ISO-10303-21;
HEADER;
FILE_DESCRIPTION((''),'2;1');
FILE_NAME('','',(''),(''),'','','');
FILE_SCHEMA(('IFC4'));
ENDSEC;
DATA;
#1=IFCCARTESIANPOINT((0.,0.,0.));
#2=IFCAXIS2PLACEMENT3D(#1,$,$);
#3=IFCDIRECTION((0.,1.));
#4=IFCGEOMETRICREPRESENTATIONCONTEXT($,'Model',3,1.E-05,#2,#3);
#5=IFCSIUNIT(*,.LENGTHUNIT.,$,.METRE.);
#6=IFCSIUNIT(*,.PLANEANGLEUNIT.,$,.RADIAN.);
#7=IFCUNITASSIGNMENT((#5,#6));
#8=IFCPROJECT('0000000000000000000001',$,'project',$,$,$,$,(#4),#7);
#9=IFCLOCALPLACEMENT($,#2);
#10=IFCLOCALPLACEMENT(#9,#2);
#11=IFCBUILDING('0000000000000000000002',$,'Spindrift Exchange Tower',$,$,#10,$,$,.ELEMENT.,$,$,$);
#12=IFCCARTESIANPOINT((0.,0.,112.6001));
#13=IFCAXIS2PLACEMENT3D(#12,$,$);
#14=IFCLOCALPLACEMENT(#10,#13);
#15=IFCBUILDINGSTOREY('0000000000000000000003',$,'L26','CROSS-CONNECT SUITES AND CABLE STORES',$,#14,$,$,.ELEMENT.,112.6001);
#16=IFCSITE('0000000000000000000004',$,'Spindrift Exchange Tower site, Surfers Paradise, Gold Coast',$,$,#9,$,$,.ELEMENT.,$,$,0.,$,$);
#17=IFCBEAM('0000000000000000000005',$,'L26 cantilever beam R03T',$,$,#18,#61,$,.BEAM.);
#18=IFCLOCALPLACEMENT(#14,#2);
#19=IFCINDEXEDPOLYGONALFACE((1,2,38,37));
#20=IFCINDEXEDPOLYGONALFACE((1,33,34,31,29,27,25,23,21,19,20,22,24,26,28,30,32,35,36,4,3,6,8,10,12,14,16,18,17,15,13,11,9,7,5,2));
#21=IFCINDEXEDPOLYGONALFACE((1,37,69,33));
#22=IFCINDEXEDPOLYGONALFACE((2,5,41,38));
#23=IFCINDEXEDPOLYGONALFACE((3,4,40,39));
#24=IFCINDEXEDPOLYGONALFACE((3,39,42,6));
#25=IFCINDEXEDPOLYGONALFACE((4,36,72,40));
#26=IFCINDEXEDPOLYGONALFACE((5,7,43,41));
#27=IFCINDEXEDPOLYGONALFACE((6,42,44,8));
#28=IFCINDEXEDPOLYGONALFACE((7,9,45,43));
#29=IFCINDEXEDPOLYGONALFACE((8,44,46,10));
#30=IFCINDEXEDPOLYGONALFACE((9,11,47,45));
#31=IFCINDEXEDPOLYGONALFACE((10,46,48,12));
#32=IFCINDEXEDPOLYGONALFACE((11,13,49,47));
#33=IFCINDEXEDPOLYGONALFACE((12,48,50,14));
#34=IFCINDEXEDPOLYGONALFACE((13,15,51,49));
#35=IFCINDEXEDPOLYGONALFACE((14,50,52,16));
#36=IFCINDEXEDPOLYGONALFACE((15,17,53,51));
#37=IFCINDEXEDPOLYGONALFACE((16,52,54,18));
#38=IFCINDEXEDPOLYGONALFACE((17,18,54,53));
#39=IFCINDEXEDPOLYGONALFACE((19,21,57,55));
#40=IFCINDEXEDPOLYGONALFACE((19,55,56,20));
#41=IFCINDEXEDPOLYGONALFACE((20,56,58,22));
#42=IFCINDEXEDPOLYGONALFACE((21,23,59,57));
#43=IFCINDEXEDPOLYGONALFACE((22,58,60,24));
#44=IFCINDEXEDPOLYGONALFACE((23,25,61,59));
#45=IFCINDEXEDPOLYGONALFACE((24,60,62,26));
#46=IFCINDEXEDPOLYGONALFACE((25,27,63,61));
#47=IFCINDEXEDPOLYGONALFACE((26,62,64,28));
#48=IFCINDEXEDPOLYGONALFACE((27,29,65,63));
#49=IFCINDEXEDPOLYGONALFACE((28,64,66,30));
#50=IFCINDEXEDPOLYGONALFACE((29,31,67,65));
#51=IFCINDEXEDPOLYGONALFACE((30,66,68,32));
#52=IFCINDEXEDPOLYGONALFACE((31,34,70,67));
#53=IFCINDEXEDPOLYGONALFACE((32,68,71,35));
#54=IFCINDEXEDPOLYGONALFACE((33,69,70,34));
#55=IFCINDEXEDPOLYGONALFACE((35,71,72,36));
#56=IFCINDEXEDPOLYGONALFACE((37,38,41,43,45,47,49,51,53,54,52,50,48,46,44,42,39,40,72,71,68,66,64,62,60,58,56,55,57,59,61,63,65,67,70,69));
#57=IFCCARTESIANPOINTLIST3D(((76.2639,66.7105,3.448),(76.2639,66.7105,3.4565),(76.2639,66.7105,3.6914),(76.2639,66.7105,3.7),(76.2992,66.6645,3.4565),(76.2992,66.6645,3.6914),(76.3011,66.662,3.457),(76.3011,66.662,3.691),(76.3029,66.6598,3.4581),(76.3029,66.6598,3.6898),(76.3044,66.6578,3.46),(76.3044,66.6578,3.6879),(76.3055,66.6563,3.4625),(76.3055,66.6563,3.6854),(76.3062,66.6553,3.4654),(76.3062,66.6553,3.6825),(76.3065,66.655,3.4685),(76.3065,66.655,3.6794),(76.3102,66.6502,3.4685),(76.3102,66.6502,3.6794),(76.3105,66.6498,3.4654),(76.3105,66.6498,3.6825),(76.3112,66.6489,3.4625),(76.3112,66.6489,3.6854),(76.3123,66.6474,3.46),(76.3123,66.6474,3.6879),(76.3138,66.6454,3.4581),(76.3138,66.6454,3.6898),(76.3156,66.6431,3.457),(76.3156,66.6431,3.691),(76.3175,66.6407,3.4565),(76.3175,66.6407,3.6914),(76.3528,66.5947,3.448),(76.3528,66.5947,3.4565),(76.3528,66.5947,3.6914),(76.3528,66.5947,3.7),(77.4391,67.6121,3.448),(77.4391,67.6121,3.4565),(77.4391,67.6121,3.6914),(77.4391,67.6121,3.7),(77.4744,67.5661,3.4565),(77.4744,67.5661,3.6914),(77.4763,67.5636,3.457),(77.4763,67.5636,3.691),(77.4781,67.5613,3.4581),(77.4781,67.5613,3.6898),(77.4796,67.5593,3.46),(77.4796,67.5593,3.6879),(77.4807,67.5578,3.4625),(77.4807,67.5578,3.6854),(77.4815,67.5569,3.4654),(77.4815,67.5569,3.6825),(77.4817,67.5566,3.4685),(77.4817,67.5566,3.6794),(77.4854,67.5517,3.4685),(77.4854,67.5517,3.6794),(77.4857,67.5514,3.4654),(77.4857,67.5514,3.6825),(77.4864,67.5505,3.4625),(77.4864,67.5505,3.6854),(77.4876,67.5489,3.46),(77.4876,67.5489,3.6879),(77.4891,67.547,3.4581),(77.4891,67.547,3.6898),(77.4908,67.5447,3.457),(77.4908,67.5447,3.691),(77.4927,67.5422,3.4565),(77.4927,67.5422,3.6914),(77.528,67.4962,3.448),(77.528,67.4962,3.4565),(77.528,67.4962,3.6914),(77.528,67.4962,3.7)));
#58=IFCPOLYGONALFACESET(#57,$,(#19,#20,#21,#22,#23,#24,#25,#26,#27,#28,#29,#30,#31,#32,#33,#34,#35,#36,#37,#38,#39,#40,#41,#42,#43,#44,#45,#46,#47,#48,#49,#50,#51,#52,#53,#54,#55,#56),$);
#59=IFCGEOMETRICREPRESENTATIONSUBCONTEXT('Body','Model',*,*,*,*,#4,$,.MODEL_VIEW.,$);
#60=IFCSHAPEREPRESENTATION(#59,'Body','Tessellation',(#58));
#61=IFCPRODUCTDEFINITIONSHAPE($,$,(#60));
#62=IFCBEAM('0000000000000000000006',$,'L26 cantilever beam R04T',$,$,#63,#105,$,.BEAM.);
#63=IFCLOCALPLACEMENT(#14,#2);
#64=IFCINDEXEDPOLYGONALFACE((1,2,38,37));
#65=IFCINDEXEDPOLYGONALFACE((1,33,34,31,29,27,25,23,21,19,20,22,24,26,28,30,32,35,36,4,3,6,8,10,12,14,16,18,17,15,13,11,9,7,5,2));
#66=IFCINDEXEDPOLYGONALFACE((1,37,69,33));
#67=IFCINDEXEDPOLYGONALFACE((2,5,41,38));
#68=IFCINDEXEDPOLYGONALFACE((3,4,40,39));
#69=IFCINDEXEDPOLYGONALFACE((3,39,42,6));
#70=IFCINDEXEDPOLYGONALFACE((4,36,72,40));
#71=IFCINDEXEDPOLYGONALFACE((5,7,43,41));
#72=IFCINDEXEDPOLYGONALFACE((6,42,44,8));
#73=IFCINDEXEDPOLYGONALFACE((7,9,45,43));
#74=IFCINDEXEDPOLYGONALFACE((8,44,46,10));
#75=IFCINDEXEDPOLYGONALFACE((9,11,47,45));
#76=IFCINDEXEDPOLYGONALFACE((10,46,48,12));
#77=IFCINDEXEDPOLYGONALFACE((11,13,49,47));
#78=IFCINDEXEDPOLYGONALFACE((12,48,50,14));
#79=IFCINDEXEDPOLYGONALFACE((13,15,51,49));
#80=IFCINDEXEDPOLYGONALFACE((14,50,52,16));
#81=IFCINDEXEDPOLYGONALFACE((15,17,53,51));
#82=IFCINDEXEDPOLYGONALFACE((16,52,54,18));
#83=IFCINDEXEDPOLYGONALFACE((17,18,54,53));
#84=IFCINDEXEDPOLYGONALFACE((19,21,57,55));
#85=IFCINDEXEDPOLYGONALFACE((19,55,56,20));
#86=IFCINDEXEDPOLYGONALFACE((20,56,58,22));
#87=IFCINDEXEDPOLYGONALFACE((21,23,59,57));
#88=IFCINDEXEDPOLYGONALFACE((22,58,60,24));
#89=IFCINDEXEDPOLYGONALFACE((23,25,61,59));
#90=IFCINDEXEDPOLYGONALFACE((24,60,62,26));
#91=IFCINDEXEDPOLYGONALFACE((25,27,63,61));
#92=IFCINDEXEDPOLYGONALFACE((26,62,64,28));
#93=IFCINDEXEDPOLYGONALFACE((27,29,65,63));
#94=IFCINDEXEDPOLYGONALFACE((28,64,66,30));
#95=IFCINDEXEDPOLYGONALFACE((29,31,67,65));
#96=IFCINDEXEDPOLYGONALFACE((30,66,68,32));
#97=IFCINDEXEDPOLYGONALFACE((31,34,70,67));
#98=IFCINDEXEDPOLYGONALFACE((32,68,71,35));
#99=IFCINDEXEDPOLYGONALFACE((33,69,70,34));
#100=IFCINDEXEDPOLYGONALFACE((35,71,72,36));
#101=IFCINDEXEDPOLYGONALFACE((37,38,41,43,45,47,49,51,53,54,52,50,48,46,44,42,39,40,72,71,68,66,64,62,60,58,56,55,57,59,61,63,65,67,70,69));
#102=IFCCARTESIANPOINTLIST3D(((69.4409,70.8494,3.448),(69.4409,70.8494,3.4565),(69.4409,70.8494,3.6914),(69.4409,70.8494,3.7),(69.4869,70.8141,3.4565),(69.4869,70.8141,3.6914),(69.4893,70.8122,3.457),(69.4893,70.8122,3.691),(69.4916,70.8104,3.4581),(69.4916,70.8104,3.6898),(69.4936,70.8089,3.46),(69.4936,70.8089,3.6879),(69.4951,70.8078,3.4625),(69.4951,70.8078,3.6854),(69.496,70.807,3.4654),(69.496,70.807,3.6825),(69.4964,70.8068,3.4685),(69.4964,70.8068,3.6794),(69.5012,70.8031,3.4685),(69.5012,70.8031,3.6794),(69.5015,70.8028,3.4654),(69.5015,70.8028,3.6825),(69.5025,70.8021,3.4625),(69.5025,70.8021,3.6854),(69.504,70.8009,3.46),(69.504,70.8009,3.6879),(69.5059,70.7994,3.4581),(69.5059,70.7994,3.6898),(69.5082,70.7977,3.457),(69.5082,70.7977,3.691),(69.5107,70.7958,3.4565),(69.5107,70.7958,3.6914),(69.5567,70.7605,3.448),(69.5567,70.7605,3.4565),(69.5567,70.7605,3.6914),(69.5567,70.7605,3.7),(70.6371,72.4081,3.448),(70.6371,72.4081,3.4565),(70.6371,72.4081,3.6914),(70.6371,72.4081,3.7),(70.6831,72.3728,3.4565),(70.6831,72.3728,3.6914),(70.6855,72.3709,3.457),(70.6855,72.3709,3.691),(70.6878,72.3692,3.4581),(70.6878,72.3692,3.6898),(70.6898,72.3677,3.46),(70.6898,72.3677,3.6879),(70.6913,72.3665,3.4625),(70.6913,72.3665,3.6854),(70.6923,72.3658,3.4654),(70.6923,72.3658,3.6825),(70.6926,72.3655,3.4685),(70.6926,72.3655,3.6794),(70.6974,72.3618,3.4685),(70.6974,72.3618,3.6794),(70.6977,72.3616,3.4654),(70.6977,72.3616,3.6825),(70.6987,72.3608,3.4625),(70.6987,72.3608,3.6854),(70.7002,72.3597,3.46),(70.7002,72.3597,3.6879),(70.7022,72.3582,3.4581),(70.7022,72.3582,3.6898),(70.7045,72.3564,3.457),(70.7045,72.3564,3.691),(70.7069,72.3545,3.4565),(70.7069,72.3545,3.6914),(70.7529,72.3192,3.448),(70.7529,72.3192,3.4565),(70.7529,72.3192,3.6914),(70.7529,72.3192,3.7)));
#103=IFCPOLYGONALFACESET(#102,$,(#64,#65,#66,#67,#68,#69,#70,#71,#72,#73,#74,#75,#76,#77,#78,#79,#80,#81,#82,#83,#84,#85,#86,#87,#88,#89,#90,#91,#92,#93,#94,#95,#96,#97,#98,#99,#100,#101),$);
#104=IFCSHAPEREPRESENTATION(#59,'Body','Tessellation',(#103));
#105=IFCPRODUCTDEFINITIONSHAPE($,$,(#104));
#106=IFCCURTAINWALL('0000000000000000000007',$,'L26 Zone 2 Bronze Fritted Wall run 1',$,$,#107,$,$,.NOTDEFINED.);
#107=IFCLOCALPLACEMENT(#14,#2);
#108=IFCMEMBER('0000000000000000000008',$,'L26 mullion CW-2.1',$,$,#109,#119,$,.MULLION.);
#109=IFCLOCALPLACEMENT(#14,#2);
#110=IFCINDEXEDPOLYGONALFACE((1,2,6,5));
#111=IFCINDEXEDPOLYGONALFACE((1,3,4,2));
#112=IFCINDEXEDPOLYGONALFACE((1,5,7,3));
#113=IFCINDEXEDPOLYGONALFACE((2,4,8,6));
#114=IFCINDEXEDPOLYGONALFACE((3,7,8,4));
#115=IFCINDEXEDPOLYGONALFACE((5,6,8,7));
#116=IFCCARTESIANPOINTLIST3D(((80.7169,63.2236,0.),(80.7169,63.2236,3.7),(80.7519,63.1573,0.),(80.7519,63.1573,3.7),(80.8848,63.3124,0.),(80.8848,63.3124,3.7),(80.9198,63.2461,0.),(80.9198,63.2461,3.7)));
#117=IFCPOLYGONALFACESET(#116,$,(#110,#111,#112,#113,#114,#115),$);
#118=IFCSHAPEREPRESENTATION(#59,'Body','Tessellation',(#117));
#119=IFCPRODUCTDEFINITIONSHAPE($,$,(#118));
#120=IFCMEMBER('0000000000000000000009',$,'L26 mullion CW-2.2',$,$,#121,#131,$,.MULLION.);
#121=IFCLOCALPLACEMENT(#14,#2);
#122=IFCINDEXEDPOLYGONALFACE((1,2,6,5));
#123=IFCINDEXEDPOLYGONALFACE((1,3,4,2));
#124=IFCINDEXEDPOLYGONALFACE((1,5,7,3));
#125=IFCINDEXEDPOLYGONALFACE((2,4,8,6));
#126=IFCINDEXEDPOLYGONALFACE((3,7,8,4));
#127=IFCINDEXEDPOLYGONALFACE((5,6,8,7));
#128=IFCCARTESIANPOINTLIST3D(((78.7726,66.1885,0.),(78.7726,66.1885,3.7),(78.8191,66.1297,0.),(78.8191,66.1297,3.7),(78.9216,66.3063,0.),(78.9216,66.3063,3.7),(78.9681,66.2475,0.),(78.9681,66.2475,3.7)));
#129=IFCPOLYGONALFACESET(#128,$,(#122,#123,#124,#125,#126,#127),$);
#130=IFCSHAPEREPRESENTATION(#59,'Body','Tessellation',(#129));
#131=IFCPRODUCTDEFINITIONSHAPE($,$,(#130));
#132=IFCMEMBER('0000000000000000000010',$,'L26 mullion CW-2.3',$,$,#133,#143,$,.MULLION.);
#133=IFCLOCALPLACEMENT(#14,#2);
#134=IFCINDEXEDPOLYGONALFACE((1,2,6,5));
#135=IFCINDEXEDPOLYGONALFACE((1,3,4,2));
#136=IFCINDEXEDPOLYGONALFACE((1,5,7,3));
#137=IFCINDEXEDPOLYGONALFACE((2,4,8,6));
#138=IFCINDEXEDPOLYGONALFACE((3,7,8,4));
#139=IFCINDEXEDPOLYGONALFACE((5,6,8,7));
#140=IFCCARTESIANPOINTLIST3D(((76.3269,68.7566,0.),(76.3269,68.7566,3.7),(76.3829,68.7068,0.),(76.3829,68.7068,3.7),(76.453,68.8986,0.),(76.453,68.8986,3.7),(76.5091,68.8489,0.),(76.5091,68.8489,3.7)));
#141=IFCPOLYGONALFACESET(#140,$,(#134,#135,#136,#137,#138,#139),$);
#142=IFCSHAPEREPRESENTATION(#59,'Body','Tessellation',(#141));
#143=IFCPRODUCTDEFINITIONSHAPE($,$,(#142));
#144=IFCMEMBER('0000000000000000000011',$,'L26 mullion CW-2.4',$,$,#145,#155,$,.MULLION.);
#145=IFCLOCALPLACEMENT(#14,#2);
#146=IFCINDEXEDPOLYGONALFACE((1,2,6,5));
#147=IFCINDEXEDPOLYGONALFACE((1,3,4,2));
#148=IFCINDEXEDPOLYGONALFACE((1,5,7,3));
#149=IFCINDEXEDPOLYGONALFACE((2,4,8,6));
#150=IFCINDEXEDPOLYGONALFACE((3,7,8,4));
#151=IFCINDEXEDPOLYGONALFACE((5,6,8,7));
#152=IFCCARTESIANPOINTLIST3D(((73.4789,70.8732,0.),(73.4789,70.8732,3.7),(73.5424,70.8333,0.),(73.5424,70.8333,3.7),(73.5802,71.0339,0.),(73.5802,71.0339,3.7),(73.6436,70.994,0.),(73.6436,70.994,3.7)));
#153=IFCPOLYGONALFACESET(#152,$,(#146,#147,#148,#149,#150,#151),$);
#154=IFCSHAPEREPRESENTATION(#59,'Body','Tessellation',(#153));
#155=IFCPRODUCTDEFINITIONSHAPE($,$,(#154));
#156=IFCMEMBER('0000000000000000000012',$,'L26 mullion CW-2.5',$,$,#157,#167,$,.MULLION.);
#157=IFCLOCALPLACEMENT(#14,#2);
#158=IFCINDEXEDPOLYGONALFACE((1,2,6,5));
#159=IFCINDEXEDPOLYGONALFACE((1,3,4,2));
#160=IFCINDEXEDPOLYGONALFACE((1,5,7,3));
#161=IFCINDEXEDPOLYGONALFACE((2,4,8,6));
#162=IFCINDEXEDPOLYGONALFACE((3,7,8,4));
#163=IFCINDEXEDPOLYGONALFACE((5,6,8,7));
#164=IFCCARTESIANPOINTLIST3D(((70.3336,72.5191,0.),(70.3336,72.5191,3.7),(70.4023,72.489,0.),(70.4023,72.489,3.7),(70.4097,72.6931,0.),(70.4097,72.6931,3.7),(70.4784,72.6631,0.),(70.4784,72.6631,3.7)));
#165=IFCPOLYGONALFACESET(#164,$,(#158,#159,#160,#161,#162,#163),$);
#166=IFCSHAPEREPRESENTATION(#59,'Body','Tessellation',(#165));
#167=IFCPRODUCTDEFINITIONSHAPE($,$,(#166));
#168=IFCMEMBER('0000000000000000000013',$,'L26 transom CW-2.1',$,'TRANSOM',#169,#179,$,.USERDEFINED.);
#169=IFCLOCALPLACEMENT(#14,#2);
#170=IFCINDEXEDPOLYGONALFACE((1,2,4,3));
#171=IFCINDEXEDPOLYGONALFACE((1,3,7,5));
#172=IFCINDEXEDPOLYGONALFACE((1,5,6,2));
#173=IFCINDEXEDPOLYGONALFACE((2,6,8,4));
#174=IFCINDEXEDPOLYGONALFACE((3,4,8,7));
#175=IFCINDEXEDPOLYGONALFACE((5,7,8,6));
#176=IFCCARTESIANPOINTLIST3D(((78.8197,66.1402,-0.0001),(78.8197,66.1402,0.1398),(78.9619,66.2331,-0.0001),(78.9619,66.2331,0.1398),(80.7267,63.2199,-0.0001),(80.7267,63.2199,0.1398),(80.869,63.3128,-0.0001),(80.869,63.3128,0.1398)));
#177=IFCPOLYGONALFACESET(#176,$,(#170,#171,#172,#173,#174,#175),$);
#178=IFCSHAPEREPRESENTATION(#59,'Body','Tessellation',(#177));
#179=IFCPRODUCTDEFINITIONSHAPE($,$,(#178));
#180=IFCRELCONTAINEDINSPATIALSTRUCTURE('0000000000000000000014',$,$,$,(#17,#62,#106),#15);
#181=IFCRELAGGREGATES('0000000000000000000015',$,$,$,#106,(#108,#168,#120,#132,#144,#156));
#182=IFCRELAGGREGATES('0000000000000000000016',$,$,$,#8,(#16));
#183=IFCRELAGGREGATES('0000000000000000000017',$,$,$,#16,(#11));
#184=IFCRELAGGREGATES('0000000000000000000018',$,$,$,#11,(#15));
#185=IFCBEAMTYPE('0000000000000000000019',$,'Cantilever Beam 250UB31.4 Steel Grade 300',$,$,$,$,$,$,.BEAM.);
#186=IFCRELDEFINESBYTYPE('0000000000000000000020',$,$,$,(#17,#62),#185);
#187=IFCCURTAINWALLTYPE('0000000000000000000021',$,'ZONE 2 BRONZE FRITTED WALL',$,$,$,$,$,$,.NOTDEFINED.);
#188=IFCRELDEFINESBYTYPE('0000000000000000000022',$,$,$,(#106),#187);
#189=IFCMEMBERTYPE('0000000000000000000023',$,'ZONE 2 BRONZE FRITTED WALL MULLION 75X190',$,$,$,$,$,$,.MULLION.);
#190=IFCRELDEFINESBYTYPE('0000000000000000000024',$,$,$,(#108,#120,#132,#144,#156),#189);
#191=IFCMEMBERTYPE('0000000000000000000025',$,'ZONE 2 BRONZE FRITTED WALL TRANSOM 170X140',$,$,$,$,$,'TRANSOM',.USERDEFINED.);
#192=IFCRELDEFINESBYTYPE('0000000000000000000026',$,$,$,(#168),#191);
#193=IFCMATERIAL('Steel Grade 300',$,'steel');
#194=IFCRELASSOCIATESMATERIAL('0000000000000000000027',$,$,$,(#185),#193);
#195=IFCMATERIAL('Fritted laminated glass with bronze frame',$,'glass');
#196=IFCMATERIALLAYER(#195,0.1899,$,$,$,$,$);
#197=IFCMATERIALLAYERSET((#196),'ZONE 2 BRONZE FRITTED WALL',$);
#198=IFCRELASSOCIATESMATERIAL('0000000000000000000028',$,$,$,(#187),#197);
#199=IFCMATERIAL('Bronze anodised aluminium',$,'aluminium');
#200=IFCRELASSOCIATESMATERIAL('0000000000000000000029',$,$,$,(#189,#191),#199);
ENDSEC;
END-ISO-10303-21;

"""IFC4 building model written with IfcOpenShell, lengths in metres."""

from ifc_helpers import new_model, si_unit, direction, frame, origin, origin_2d, place, context, subcontext, project, spatial, rectangle, i_section, extrude, source, transform, mapped, material, layer, layer_set, material_profile, profile_set, type_object, element, aggregate, save


model = new_model("IFC4")

# Units and contexts
model_context = context("Model", 3, precision=1e-05, world=origin(), true_north=direction((0.0, 1.0)))
body_context = subcontext(model_context, "Body", "Model", "MODEL_VIEW")
ifc_project = project(units=[si_unit("LENGTHUNIT", "METRE"), si_unit("PLANEANGLEUNIT", "RADIAN")], contexts=[model_context])

# Site, building, storey
site_placement = place(None, origin())
site = spatial("IfcSite", under=ifc_project, at=site_placement, Name="Spindrift Exchange Tower site, Surfers Paradise, Gold Coast", CompositionType="ELEMENT", RefElevation=0.0)
building_placement = place(site_placement, origin())
building = spatial("IfcBuilding", under=site, at=building_placement, Name="Spindrift Exchange Tower", CompositionType="ELEMENT")
storey_placement = place(building_placement, frame((0.0, 0.0, 112.6001)))
storey = spatial("IfcBuildingStorey", under=building, at=storey_placement, Name="L26", Description="CROSS-CONNECT SUITES AND CABLE STORES", CompositionType="ELEMENT", Elevation=112.6001)

# Beams
ifc_material_1 = material(Name="Steel Grade 300", Category="steel")
ifc_material_profile_1 = material_profile(ifc_material_1, i_section(OverallWidth=0.146, OverallDepth=0.252, WebThickness=0.0061, FlangeThickness=0.0085, FilletRadius=0.012, at=origin_2d()), Name="250UB31.4")
ifc_profile_set_1 = profile_set([ifc_material_profile_1], Name="Steel Grade 300")
beam_type_1 = type_object("IfcBeamType", Name="Cantilever Beam 250UB31.4 Steel Grade 300", PredefinedType="BEAM", material=ifc_profile_set_1)
shared_shape_1 = source(origin(), body_context, "Body", "SweptSolid", [
    extrude(i_section(OverallWidth=0.146, OverallDepth=0.252, WebThickness=0.0061, FlangeThickness=0.0085, FilletRadius=0.012, at=origin_2d()), origin(), (0.0, 0.0, 1.0), 1.4812),
])
beam_1_placement = place(storey_placement, frame((76.3083, 66.6526, 3.574), z_axis=(0.793426, 0.608667, 0.0), x_axis=(-0.608667, 0.793426, 0.0)))
element("IfcBeam", 1, at=beam_1_placement, inside=storey, type_object=beam_type_1, Name="L26 cantilever beam R03T", PredefinedType="BEAM", context=body_context, shape_type="MappedRepresentation", body=[
    mapped(shared_shape_1, transform((0.0, 0.0, 0.0), scale=1.0)),
])
shared_shape_2 = source(origin(), body_context, "Body", "SweptSolid", [
    extrude(i_section(OverallWidth=0.146, OverallDepth=0.252, WebThickness=0.0061, FlangeThickness=0.0085, FilletRadius=0.012, at=origin_2d()), origin(), (0.0, 0.0, 1.0), 1.9648),
])
beam_2_placement = place(storey_placement, frame((69.4988, 70.8049, 3.574), z_axis=(0.60881, 0.793316, 0.0), x_axis=(-0.793316, 0.60881, 0.0)))
element("IfcBeam", 2, at=beam_2_placement, inside=storey, type_object=beam_type_1, Name="L26 cantilever beam R04T", PredefinedType="BEAM", context=body_context, shape_type="MappedRepresentation", body=[
    mapped(shared_shape_2, transform((0.0, 0.0, 0.0), scale=1.0)),
])

# Curtain wall, members
ifc_material_2 = material(Name="Fritted laminated glass with bronze frame", Category="glass")
ifc_layer_1 = layer(ifc_material_2, 0.1899)
ifc_layer_set_1 = layer_set([ifc_layer_1], Name="ZONE 2 BRONZE FRITTED WALL")
curtain_wall_type = type_object("IfcCurtainWallType", Name="ZONE 2 BRONZE FRITTED WALL", PredefinedType="NOTDEFINED", material=ifc_layer_set_1)
curtain_wall_1_placement = place(storey_placement, origin())
curtain_wall_1 = element("IfcCurtainWall", 3, at=curtain_wall_1_placement, inside=storey, type_object=curtain_wall_type, Name="L26 Zone 2 Bronze Fritted Wall run 1", PredefinedType="NOTDEFINED")
ifc_material_3 = material(Name="Bronze anodised aluminium", Category="aluminium")
ifc_material_profile_2 = material_profile(ifc_material_3, rectangle(XDim=0.075, YDim=0.1899, at=origin_2d()), Name="ZONE 2 BRONZE FRITTED WALL MULLION 75X190")
ifc_profile_set_2 = profile_set([ifc_material_profile_2], Name="Bronze anodised aluminium")
member_type_1 = type_object("IfcMemberType", Name="ZONE 2 BRONZE FRITTED WALL MULLION 75X190", PredefinedType="MULLION", material=ifc_profile_set_2)
shared_shape_3 = source(origin(), body_context, "Body", "SweptSolid", [
    extrude(rectangle(XDim=0.075, YDim=0.1899, at=origin_2d()), origin(), (0.0, 0.0, 1.0), 3.7),
])
member_1_placement = place(storey_placement, frame((80.8184, 63.2349, 0.0), z_axis=(0.0, 0.0, 1.0), x_axis=(-0.467366, 0.884064, 0.0)))
member_1 = element("IfcMember", 4, at=member_1_placement, type_object=member_type_1, Name="L26 mullion CW-2.1", PredefinedType="MULLION", context=body_context, shape_type="MappedRepresentation", body=[
    mapped(shared_shape_3, transform((0.0, 0.0, 0.0), scale=1.0)),
])
member_2_placement = place(storey_placement, frame((78.8704, 66.218, 0.0), z_axis=(0.0, 0.0, 1.0), x_axis=(-0.620055, 0.784558, 0.0)))
member_2 = element("IfcMember", 5, at=member_2_placement, type_object=member_type_1, Name="L26 mullion CW-2.2", PredefinedType="MULLION", context=body_context, shape_type="MappedRepresentation", body=[
    mapped(shared_shape_3, transform((0.0, 0.0, 0.0), scale=1.0)),
])
member_3_placement = place(storey_placement, frame((76.418, 68.8027, 0.0), z_axis=(0.0, 0.0, 1.0), x_axis=(-0.747657, 0.664085, 0.0)))
member_3 = element("IfcMember", 6, at=member_3_placement, type_object=member_type_1, Name="L26 mullion CW-2.3", PredefinedType="MULLION", context=body_context, shape_type="MappedRepresentation", body=[
    mapped(shared_shape_3, transform((0.0, 0.0, 0.0), scale=1.0)),
])
member_4_placement = place(storey_placement, frame((73.5613, 70.9336, 0.0), z_axis=(0.0, 0.0, 1.0), x_axis=(-0.846034, 0.533129, 0.0)))
member_4 = element("IfcMember", 7, at=member_4_placement, type_object=member_type_1, Name="L26 mullion CW-2.4", PredefinedType="MULLION", context=body_context, shape_type="MappedRepresentation", body=[
    mapped(shared_shape_3, transform((0.0, 0.0, 0.0), scale=1.0)),
])
member_5_placement = place(storey_placement, frame((70.406, 72.5911, 0.0), z_axis=(0.0, 0.0, 1.0), x_axis=(-0.916183, 0.400761, 0.0)))
member_5 = element("IfcMember", 8, at=member_5_placement, type_object=member_type_1, Name="L26 mullion CW-2.5", PredefinedType="MULLION", context=body_context, shape_type="MappedRepresentation", body=[
    mapped(shared_shape_3, transform((0.0, 0.0, 0.0), scale=1.0)),
])
ifc_material_profile_3 = material_profile(ifc_material_3, rectangle(XDim=0.1699, YDim=0.1399, at=origin_2d()), Name="ZONE 2 BRONZE FRITTED WALL TRANSOM 170X140")
ifc_profile_set_3 = profile_set([ifc_material_profile_3], Name="Bronze anodised aluminium")
member_type_2 = type_object("IfcMemberType", Name="ZONE 2 BRONZE FRITTED WALL TRANSOM 170X140", ElementType="TRANSOM", PredefinedType="USERDEFINED", material=ifc_profile_set_3)
shared_shape_4 = source(origin(), body_context, "Body", "SweptSolid", [
    extrude(rectangle(XDim=0.1699, YDim=0.1399, at=origin_2d()), origin(), (0.0, 0.0, 1.0), 3.4878),
])
member_6_placement = place(storey_placement, frame((80.7979, 63.2664, 0.0698), z_axis=(-0.546776, 0.837279, 0.0), x_axis=(-0.837279, -0.546776, 0.0)))
member_6 = element("IfcMember", 9, at=member_6_placement, type_object=member_type_2, Name="L26 transom CW-2.1", ObjectType="TRANSOM", PredefinedType="USERDEFINED", context=body_context, shape_type="MappedRepresentation", body=[
    mapped(shared_shape_4, transform((0.0, 0.0, 0.0), scale=1.0)),
])

aggregate(curtain_wall_1, [member_1, member_6, member_2, member_3, member_4, member_5])

save(model, "model.ifc")
